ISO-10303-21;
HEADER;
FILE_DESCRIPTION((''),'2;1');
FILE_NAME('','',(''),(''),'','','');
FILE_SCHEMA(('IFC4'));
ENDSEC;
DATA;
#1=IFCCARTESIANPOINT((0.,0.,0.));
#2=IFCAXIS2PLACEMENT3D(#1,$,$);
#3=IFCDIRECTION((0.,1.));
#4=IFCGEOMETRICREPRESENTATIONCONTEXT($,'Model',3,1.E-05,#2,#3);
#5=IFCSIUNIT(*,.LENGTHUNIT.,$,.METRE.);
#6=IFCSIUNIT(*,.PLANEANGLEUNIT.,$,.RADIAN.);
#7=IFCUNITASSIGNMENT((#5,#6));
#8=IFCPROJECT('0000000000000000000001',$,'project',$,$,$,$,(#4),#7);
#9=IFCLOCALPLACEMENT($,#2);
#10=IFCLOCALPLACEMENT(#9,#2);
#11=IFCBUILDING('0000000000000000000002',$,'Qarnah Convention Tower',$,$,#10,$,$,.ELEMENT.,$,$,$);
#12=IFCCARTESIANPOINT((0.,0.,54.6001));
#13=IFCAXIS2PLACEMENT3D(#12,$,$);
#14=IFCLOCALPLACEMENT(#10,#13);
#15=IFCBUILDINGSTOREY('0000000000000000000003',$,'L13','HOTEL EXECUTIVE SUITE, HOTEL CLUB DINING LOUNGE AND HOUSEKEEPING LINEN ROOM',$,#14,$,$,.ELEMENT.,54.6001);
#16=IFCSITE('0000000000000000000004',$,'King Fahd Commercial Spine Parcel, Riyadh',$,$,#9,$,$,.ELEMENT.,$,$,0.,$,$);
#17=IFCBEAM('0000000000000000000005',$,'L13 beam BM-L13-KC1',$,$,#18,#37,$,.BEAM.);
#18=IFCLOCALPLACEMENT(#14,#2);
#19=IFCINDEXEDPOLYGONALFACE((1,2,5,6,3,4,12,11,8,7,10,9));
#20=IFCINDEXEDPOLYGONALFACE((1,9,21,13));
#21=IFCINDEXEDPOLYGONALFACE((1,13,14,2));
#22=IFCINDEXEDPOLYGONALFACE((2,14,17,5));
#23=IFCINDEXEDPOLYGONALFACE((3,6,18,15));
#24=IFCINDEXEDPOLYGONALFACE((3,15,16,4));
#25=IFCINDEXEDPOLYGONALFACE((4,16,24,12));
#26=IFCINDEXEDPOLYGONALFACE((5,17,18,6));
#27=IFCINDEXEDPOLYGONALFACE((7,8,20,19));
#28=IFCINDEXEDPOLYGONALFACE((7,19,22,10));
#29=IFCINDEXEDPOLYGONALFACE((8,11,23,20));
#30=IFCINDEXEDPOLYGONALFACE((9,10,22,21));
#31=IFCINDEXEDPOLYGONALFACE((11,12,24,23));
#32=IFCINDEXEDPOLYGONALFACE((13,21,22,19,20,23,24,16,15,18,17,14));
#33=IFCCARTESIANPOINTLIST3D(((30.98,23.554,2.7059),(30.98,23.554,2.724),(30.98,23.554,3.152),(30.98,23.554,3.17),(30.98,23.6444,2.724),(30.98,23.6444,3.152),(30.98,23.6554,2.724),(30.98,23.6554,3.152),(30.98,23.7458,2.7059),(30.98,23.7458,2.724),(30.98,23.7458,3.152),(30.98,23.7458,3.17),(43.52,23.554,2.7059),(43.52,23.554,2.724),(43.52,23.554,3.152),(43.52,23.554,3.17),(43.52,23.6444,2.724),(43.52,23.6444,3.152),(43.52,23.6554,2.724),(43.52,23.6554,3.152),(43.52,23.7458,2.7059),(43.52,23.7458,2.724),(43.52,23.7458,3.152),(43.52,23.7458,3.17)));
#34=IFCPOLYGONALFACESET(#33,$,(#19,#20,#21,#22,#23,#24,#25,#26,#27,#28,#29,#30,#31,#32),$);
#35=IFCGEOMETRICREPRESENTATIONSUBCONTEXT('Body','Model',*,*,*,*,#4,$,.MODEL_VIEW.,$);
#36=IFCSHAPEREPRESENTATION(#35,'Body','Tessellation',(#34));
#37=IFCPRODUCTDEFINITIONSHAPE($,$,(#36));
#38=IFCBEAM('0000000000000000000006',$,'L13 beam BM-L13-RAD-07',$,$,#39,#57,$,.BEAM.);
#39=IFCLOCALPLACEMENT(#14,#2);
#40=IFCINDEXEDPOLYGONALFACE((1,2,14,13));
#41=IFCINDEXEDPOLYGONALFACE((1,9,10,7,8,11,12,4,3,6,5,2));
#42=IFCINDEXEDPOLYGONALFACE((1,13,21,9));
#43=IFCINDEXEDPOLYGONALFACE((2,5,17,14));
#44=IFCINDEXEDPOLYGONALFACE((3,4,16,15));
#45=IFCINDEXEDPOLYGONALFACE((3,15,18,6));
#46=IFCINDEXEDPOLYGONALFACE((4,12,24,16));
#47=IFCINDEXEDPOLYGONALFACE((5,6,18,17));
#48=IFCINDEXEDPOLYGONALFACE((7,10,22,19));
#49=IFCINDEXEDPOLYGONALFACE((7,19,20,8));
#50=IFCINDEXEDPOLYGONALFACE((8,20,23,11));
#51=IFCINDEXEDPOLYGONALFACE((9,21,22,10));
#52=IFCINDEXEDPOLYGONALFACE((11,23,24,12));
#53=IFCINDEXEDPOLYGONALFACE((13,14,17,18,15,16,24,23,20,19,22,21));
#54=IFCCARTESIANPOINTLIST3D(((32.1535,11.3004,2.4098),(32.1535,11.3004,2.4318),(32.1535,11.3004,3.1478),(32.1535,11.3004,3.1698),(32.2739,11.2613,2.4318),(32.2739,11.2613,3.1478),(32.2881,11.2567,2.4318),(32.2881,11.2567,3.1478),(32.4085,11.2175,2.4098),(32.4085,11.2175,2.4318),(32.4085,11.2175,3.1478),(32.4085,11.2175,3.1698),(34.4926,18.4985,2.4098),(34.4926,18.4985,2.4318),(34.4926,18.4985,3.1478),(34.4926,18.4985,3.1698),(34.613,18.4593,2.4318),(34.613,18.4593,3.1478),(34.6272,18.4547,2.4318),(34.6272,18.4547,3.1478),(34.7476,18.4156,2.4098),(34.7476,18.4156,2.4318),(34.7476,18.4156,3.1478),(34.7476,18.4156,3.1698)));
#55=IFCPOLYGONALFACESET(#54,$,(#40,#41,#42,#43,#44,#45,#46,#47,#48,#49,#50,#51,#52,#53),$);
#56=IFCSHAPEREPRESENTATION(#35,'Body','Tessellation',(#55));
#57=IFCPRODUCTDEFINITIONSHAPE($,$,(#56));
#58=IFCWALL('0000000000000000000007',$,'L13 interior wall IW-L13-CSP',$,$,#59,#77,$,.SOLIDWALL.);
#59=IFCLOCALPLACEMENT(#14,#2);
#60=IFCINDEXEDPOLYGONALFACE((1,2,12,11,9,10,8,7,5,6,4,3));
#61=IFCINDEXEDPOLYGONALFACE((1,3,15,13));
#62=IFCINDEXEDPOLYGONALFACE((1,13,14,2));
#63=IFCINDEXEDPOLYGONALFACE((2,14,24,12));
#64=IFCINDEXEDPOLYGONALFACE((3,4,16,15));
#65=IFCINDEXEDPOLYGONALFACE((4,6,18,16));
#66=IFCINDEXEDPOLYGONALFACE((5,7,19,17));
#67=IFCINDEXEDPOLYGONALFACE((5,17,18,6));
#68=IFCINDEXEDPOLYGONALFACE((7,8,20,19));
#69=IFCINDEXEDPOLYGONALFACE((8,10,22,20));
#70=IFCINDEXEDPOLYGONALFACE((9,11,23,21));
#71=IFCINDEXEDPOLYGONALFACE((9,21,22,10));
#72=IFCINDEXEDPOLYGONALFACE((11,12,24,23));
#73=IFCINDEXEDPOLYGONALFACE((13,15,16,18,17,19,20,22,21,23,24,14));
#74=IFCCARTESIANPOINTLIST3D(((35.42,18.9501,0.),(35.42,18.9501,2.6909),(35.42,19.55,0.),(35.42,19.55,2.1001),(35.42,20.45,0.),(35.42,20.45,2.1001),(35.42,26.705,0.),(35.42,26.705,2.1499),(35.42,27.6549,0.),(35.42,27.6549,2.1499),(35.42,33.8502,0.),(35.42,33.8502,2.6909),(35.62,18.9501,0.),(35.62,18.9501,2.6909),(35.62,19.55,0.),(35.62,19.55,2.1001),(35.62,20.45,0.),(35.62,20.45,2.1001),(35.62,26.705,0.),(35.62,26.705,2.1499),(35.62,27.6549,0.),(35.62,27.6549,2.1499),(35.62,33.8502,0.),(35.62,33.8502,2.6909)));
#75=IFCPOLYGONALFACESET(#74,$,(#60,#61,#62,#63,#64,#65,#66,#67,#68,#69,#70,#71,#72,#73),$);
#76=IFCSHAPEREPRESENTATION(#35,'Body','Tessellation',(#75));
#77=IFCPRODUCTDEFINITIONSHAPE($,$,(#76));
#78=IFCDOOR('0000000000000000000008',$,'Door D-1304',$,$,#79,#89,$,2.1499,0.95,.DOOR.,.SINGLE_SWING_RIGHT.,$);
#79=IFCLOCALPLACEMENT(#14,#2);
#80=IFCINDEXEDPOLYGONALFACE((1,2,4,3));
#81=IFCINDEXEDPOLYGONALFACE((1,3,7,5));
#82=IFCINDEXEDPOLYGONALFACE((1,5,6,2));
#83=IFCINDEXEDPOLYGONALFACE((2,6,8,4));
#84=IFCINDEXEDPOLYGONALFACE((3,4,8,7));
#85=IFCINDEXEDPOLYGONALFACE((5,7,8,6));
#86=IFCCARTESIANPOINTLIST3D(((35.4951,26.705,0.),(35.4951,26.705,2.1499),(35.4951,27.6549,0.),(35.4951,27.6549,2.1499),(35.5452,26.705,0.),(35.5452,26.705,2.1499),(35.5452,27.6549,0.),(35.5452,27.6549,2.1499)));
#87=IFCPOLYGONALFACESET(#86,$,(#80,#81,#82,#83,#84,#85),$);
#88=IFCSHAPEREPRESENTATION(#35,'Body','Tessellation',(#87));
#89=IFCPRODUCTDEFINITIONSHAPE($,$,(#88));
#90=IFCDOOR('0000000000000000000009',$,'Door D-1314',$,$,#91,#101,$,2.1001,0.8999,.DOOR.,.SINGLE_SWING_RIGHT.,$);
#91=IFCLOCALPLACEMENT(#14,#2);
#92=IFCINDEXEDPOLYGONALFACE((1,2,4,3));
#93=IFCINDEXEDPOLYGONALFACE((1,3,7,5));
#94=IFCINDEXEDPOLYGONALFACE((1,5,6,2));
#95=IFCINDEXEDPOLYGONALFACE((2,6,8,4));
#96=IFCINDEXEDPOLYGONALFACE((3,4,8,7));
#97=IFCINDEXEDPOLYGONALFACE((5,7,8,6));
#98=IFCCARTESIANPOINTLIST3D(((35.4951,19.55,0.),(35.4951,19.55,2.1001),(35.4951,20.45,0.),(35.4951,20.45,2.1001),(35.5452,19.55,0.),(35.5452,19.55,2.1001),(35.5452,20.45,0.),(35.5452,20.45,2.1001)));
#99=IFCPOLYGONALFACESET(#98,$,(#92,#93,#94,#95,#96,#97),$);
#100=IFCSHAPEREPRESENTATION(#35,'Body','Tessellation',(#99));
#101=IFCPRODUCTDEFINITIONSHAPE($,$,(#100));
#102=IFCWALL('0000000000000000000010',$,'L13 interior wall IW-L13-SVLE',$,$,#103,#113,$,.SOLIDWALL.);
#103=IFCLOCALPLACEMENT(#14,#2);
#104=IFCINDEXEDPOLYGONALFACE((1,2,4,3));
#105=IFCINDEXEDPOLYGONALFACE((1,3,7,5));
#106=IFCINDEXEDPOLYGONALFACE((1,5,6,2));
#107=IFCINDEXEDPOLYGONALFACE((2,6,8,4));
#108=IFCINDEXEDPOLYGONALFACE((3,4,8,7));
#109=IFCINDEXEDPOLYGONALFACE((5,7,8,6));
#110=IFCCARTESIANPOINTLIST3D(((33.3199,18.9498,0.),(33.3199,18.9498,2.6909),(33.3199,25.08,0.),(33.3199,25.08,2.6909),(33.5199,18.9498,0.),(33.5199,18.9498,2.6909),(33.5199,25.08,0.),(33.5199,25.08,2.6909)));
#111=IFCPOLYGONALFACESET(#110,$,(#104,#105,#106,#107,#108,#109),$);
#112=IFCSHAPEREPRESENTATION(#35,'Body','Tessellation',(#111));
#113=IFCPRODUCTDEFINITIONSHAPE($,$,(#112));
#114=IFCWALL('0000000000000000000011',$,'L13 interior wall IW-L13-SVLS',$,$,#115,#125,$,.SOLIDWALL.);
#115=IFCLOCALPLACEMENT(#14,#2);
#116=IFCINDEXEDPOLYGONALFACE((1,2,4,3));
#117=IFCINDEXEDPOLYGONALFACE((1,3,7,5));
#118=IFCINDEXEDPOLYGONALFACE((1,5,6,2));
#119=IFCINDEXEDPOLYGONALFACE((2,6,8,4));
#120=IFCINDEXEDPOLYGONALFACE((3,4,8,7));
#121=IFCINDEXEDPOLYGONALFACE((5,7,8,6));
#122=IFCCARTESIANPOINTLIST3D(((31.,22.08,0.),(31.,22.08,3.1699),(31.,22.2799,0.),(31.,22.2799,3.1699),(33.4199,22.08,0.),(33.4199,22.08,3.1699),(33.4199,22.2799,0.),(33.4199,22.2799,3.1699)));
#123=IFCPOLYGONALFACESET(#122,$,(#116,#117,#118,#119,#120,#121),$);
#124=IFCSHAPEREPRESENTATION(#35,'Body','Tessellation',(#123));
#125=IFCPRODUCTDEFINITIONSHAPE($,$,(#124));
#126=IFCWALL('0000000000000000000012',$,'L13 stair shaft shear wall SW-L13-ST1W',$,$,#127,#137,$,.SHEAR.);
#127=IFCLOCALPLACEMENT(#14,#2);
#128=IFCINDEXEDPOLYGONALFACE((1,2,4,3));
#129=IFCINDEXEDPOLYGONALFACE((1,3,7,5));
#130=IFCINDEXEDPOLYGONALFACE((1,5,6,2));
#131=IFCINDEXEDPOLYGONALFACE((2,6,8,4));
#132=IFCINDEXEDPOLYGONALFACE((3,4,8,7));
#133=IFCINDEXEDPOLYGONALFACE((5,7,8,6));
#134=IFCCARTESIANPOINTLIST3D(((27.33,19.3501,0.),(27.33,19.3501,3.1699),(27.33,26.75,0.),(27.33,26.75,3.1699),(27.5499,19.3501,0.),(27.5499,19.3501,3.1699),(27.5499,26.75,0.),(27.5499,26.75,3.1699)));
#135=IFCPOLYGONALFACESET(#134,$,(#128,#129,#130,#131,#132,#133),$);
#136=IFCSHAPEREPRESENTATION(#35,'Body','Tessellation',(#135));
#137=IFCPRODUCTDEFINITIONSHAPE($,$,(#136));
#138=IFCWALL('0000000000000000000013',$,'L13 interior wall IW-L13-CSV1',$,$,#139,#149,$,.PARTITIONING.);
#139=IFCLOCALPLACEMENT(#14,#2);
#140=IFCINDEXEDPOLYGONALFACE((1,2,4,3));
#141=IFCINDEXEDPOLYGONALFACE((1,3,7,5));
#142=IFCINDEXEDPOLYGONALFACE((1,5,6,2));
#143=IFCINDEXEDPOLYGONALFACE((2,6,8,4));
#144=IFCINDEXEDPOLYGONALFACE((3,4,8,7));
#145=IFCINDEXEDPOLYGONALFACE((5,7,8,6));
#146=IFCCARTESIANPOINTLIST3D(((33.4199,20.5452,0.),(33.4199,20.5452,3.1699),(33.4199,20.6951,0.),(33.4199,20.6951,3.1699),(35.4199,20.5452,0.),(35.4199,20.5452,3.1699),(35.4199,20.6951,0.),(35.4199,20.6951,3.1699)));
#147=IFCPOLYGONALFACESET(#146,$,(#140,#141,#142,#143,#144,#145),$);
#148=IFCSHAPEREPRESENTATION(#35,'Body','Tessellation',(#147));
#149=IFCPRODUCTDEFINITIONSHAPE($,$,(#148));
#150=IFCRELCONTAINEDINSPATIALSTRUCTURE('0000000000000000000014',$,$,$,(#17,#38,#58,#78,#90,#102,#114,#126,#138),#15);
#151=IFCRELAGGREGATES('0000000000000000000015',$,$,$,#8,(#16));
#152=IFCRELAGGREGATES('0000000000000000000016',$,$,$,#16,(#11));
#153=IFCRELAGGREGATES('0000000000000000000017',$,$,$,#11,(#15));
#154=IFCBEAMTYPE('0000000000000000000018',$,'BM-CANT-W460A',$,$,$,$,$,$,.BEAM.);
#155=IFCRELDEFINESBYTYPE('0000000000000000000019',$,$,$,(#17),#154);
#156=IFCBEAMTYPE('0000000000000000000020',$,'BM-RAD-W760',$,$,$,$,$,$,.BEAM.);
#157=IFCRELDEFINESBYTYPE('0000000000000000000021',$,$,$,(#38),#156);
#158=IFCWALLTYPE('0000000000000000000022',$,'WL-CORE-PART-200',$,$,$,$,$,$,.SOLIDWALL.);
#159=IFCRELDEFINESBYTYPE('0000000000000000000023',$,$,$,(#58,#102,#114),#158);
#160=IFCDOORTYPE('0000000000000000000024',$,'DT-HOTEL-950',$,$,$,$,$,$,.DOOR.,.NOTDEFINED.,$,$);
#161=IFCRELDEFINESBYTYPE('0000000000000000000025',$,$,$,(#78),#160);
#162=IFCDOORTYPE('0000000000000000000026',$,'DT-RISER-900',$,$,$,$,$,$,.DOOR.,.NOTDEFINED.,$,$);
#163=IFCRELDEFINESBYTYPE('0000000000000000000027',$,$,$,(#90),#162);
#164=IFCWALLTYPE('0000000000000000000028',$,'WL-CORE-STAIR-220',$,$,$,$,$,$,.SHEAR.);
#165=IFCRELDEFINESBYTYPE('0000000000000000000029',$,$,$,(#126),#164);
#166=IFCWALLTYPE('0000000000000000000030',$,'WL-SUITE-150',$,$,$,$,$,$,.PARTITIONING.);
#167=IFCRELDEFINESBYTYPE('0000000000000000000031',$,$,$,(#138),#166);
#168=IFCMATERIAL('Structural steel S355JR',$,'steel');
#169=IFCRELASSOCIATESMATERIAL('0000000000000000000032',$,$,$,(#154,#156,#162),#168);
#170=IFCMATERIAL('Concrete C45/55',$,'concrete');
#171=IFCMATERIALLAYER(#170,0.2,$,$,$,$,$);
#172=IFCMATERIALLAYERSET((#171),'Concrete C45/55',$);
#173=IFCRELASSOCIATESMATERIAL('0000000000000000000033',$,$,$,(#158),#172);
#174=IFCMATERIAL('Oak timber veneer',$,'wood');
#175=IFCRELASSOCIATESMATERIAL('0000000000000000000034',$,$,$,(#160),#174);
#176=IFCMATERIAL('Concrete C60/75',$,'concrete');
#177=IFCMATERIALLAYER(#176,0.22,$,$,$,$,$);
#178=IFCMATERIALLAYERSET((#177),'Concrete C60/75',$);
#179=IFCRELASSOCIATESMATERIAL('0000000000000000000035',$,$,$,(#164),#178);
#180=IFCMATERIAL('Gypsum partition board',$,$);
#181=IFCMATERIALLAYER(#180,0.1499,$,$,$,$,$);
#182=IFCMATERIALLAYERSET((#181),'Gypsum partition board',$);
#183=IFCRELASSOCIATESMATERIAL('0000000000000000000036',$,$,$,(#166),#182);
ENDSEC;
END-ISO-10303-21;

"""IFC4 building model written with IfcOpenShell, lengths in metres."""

from ifc_helpers import new_model, si_unit, direction, frame, frame_2d, origin, origin_2d, place, context, subcontext, project, spatial, rectangle, i_section, extrude, material, layer, layer_set, material_profile, profile_set, type_object, element, fill, save


model = new_model("IFC4")

# Units and contexts
model_context = context("Model", 3, precision=1e-05, world=origin(), true_north=direction((0.0, 1.0)))
body_context = subcontext(model_context, "Body", "Model", "MODEL_VIEW")
ifc_project = project(units=[si_unit("LENGTHUNIT", "METRE"), si_unit("PLANEANGLEUNIT", "RADIAN")], contexts=[model_context])

# Site, building, storey
site_placement = place(None, origin())
site = spatial("IfcSite", under=ifc_project, at=site_placement, Name="King Fahd Commercial Spine Parcel, Riyadh", CompositionType="ELEMENT", RefElevation=0.0)
building_placement = place(site_placement, origin())
building = spatial("IfcBuilding", under=site, at=building_placement, Name="Qarnah Convention Tower", CompositionType="ELEMENT")
storey_placement = place(building_placement, frame((0.0, 0.0, 54.6001)))
storey = spatial("IfcBuildingStorey", under=building, at=storey_placement, Name="L13", Description="HOTEL EXECUTIVE SUITE, HOTEL CLUB DINING LOUNGE AND HOUSEKEEPING LINEN ROOM", CompositionType="ELEMENT", Elevation=54.6001)

# Beams
ifc_material_1 = material(Name="Structural steel S355JR", Category="steel")
ifc_material_profile_1 = material_profile(ifc_material_1, i_section(OverallWidth=0.1919, OverallDepth=0.4641, WebThickness=0.011, FlangeThickness=0.0181, at=origin_2d()), Name="W460X89")
ifc_profile_set_1 = profile_set([ifc_material_profile_1], Name="Structural steel S355JR")
beam_type_1 = type_object("IfcBeamType", Name="BM-CANT-W460A", PredefinedType="BEAM", material=ifc_profile_set_1)
beam_1_placement = place(storey_placement, frame((30.98, 23.6499, 2.938), z_axis=(1.0, 0.0, 0.0), x_axis=(0.0, 1.0, 0.0)))
element("IfcBeam", 1, at=beam_1_placement, inside=storey, type_object=beam_type_1, Name="L13 beam BM-L13-KC1", PredefinedType="BEAM", context=body_context, shape_type="SweptSolid", body=[
    extrude(i_section(OverallWidth=0.1919, OverallDepth=0.4641, WebThickness=0.011, FlangeThickness=0.0181, at=origin_2d()), origin(), (0.0, 0.0, 1.0), 12.54),
])
ifc_material_profile_2 = material_profile(ifc_material_1, i_section(OverallWidth=0.2681, OverallDepth=0.76, WebThickness=0.0149, FlangeThickness=0.022, at=origin_2d()), Name="W760X185")
ifc_profile_set_2 = profile_set([ifc_material_profile_2], Name="Structural steel S355JR")
beam_type_2 = type_object("IfcBeamType", Name="BM-RAD-W760", PredefinedType="BEAM", material=ifc_profile_set_2)
beam_2_placement = place(storey_placement, frame((34.6201, 18.457, 2.7898), z_axis=(-0.309058, -0.951043, 0.0), x_axis=(0.951043, -0.309058, 0.0)))
element("IfcBeam", 2, at=beam_2_placement, inside=storey, type_object=beam_type_2, Name="L13 beam BM-L13-RAD-07", PredefinedType="BEAM", context=body_context, shape_type="SweptSolid", body=[
    extrude(i_section(OverallWidth=0.2681, OverallDepth=0.76, WebThickness=0.0149, FlangeThickness=0.022, at=origin_2d()), origin(), (0.0, 0.0, 1.0), 7.5686),
])

# Wall, openings, doors
ifc_material_2 = material(Name="Concrete C60/75", Category="concrete")
door_type_1 = type_object("IfcDoorType", Name="DT-RISER-900", OperationType="NOTDEFINED", PredefinedType="DOOR", material=ifc_material_1)
ifc_material_3 = material(Name="Concrete C45/55", Category="concrete")
ifc_layer_1 = layer(ifc_material_3, 0.2)
ifc_layer_set_1 = layer_set([ifc_layer_1], Name="Concrete C45/55")
wall_type_1 = type_object("IfcWallType", Name="WL-CORE-PART-200", PredefinedType="SOLIDWALL", material=ifc_layer_set_1)
wall_1_placement = place(storey_placement, frame((35.52, 18.95, 0.0), z_axis=(0.0, 0.0, 1.0), x_axis=(0.0, 1.0, 0.0)))
wall_1 = element("IfcWall", 3, at=wall_1_placement, inside=storey, type_object=wall_type_1, Name="L13 interior wall IW-L13-CSP", PredefinedType="SOLIDWALL", context=body_context, shape_type="SweptSolid", body=[
    extrude(rectangle(XDim=14.9001, YDim=0.2, at=frame_2d((7.4502, 0.0))), origin(), (0.0, 0.0, 1.0), 2.6909),
])
opening_1_placement = place(wall_1_placement, frame((7.7549, 0.0, 0.0)))
opening_1 = element("IfcOpeningElement", 4, at=opening_1_placement, cuts=wall_1, PredefinedType="OPENING", context=body_context, shape_type="SweptSolid", body=[
    extrude(rectangle(XDim=0.95, YDim=2.1499, at=frame_2d((0.4751, 1.075))), frame((0.0, 0.1099, 0.0), z_axis=(0.0, -1.0, 0.0), x_axis=(1.0, 0.0, 0.0)), (0.0, 0.0, 1.0), 0.22),
])
opening_2_placement = place(wall_1_placement, frame((0.6001, 0.0, 0.0)))
opening_2 = element("IfcOpeningElement", 5, at=opening_2_placement, cuts=wall_1, PredefinedType="OPENING", context=body_context, shape_type="SweptSolid", body=[
    extrude(rectangle(XDim=0.8999, YDim=2.1001, at=frame_2d((0.45, 1.05))), frame((0.0, 0.1099, 0.0), z_axis=(0.0, -1.0, 0.0), x_axis=(1.0, 0.0, 0.0)), (0.0, 0.0, 1.0), 0.22),
])
ifc_material_4 = material(Name="Oak timber veneer", Category="wood")
door_type_2 = type_object("IfcDoorType", Name="DT-HOTEL-950", OperationType="NOTDEFINED", PredefinedType="DOOR", material=ifc_material_4)
door_1_placement = place(opening_1_placement, origin())
door_1 = element("IfcDoor", 6, at=door_1_placement, inside=storey, type_object=door_type_2, Name="Door D-1304", OperationType="SINGLE_SWING_RIGHT", OverallHeight=2.1499, OverallWidth=0.95, PredefinedType="DOOR", context=body_context, shape_type="SweptSolid", body=[
    extrude(rectangle(XDim=0.95, YDim=2.1499, at=frame_2d((0.4751, 1.075))), frame((0.0, 0.0249, 0.0), z_axis=(0.0, -1.0, 0.0), x_axis=(1.0, 0.0, 0.0)), (0.0, 0.0, 1.0), 0.05),
])
fill(opening_1, door_1)
door_2_placement = place(opening_2_placement, origin())
door_2 = element("IfcDoor", 7, at=door_2_placement, inside=storey, type_object=door_type_1, Name="Door D-1314", OperationType="SINGLE_SWING_RIGHT", OverallHeight=2.1001, OverallWidth=0.8999, PredefinedType="DOOR", context=body_context, shape_type="SweptSolid", body=[
    extrude(rectangle(XDim=0.8999, YDim=2.1001, at=frame_2d((0.45, 1.05))), frame((0.0, 0.0249, 0.0), z_axis=(0.0, -1.0, 0.0), x_axis=(1.0, 0.0, 0.0)), (0.0, 0.0, 1.0), 0.05),
])
fill(opening_2, door_2)

# Walls
wall_2_placement = place(storey_placement, frame((33.4199, 18.95, 0.0), z_axis=(0.0, 0.0, 1.0), x_axis=(0.0, 1.0, 0.0)))
element("IfcWall", 8, at=wall_2_placement, inside=storey, type_object=wall_type_1, Name="L13 interior wall IW-L13-SVLE", PredefinedType="SOLIDWALL", context=body_context, shape_type="SweptSolid", body=[
    extrude(rectangle(XDim=6.1301, YDim=0.2, at=frame_2d((3.0649, 0.0))), origin(), (0.0, 0.0, 1.0), 2.6909),
])
wall_3_placement = place(storey_placement, frame((31.0, 22.1799, 0.0), z_axis=(0.0, 0.0, 1.0), x_axis=(1.0, 0.0, 0.0)))
element("IfcWall", 9, at=wall_3_placement, inside=storey, type_object=wall_type_1, Name="L13 interior wall IW-L13-SVLS", PredefinedType="SOLIDWALL", context=body_context, shape_type="SweptSolid", body=[
    extrude(rectangle(XDim=2.4199, YDim=0.2, at=frame_2d((1.21, 0.0))), origin(), (0.0, 0.0, 1.0), 3.1699),
])

# Walls
ifc_layer_2 = layer(ifc_material_2, 0.22)
ifc_layer_set_2 = layer_set([ifc_layer_2], Name="Concrete C60/75")
wall_type_2 = type_object("IfcWallType", Name="WL-CORE-STAIR-220", PredefinedType="SHEAR", material=ifc_layer_set_2)
wall_4_placement = place(storey_placement, frame((27.4399, 19.3501, 0.0), z_axis=(0.0, 0.0, 1.0), x_axis=(0.0, 1.0, 0.0)))
element("IfcWall", 10, at=wall_4_placement, inside=storey, type_object=wall_type_2, Name="L13 stair shaft shear wall SW-L13-ST1W", PredefinedType="SHEAR", context=body_context, shape_type="SweptSolid", body=[
    extrude(rectangle(XDim=7.3999, YDim=0.22, at=frame_2d((3.7, 0.0))), origin(), (0.0, 0.0, 1.0), 3.1699),
])
ifc_material_5 = material(Name="Gypsum partition board")
ifc_layer_3 = layer(ifc_material_5, 0.1499)
ifc_layer_set_3 = layer_set([ifc_layer_3], Name="Gypsum partition board")
wall_type_3 = type_object("IfcWallType", Name="WL-SUITE-150", PredefinedType="PARTITIONING", material=ifc_layer_set_3)
wall_5_placement = place(storey_placement, frame((33.4199, 20.6201, 0.0), z_axis=(0.0, 0.0, 1.0), x_axis=(1.0, 0.0, 0.0)))
element("IfcWall", 11, at=wall_5_placement, inside=storey, type_object=wall_type_3, Name="L13 interior wall IW-L13-CSV1", PredefinedType="PARTITIONING", context=body_context, shape_type="SweptSolid", body=[
    extrude(rectangle(XDim=2.0, YDim=0.1499, at=frame_2d((1.0, 0.0))), origin(), (0.0, 0.0, 1.0), 3.1699),
])

save(model, "model.ifc")
